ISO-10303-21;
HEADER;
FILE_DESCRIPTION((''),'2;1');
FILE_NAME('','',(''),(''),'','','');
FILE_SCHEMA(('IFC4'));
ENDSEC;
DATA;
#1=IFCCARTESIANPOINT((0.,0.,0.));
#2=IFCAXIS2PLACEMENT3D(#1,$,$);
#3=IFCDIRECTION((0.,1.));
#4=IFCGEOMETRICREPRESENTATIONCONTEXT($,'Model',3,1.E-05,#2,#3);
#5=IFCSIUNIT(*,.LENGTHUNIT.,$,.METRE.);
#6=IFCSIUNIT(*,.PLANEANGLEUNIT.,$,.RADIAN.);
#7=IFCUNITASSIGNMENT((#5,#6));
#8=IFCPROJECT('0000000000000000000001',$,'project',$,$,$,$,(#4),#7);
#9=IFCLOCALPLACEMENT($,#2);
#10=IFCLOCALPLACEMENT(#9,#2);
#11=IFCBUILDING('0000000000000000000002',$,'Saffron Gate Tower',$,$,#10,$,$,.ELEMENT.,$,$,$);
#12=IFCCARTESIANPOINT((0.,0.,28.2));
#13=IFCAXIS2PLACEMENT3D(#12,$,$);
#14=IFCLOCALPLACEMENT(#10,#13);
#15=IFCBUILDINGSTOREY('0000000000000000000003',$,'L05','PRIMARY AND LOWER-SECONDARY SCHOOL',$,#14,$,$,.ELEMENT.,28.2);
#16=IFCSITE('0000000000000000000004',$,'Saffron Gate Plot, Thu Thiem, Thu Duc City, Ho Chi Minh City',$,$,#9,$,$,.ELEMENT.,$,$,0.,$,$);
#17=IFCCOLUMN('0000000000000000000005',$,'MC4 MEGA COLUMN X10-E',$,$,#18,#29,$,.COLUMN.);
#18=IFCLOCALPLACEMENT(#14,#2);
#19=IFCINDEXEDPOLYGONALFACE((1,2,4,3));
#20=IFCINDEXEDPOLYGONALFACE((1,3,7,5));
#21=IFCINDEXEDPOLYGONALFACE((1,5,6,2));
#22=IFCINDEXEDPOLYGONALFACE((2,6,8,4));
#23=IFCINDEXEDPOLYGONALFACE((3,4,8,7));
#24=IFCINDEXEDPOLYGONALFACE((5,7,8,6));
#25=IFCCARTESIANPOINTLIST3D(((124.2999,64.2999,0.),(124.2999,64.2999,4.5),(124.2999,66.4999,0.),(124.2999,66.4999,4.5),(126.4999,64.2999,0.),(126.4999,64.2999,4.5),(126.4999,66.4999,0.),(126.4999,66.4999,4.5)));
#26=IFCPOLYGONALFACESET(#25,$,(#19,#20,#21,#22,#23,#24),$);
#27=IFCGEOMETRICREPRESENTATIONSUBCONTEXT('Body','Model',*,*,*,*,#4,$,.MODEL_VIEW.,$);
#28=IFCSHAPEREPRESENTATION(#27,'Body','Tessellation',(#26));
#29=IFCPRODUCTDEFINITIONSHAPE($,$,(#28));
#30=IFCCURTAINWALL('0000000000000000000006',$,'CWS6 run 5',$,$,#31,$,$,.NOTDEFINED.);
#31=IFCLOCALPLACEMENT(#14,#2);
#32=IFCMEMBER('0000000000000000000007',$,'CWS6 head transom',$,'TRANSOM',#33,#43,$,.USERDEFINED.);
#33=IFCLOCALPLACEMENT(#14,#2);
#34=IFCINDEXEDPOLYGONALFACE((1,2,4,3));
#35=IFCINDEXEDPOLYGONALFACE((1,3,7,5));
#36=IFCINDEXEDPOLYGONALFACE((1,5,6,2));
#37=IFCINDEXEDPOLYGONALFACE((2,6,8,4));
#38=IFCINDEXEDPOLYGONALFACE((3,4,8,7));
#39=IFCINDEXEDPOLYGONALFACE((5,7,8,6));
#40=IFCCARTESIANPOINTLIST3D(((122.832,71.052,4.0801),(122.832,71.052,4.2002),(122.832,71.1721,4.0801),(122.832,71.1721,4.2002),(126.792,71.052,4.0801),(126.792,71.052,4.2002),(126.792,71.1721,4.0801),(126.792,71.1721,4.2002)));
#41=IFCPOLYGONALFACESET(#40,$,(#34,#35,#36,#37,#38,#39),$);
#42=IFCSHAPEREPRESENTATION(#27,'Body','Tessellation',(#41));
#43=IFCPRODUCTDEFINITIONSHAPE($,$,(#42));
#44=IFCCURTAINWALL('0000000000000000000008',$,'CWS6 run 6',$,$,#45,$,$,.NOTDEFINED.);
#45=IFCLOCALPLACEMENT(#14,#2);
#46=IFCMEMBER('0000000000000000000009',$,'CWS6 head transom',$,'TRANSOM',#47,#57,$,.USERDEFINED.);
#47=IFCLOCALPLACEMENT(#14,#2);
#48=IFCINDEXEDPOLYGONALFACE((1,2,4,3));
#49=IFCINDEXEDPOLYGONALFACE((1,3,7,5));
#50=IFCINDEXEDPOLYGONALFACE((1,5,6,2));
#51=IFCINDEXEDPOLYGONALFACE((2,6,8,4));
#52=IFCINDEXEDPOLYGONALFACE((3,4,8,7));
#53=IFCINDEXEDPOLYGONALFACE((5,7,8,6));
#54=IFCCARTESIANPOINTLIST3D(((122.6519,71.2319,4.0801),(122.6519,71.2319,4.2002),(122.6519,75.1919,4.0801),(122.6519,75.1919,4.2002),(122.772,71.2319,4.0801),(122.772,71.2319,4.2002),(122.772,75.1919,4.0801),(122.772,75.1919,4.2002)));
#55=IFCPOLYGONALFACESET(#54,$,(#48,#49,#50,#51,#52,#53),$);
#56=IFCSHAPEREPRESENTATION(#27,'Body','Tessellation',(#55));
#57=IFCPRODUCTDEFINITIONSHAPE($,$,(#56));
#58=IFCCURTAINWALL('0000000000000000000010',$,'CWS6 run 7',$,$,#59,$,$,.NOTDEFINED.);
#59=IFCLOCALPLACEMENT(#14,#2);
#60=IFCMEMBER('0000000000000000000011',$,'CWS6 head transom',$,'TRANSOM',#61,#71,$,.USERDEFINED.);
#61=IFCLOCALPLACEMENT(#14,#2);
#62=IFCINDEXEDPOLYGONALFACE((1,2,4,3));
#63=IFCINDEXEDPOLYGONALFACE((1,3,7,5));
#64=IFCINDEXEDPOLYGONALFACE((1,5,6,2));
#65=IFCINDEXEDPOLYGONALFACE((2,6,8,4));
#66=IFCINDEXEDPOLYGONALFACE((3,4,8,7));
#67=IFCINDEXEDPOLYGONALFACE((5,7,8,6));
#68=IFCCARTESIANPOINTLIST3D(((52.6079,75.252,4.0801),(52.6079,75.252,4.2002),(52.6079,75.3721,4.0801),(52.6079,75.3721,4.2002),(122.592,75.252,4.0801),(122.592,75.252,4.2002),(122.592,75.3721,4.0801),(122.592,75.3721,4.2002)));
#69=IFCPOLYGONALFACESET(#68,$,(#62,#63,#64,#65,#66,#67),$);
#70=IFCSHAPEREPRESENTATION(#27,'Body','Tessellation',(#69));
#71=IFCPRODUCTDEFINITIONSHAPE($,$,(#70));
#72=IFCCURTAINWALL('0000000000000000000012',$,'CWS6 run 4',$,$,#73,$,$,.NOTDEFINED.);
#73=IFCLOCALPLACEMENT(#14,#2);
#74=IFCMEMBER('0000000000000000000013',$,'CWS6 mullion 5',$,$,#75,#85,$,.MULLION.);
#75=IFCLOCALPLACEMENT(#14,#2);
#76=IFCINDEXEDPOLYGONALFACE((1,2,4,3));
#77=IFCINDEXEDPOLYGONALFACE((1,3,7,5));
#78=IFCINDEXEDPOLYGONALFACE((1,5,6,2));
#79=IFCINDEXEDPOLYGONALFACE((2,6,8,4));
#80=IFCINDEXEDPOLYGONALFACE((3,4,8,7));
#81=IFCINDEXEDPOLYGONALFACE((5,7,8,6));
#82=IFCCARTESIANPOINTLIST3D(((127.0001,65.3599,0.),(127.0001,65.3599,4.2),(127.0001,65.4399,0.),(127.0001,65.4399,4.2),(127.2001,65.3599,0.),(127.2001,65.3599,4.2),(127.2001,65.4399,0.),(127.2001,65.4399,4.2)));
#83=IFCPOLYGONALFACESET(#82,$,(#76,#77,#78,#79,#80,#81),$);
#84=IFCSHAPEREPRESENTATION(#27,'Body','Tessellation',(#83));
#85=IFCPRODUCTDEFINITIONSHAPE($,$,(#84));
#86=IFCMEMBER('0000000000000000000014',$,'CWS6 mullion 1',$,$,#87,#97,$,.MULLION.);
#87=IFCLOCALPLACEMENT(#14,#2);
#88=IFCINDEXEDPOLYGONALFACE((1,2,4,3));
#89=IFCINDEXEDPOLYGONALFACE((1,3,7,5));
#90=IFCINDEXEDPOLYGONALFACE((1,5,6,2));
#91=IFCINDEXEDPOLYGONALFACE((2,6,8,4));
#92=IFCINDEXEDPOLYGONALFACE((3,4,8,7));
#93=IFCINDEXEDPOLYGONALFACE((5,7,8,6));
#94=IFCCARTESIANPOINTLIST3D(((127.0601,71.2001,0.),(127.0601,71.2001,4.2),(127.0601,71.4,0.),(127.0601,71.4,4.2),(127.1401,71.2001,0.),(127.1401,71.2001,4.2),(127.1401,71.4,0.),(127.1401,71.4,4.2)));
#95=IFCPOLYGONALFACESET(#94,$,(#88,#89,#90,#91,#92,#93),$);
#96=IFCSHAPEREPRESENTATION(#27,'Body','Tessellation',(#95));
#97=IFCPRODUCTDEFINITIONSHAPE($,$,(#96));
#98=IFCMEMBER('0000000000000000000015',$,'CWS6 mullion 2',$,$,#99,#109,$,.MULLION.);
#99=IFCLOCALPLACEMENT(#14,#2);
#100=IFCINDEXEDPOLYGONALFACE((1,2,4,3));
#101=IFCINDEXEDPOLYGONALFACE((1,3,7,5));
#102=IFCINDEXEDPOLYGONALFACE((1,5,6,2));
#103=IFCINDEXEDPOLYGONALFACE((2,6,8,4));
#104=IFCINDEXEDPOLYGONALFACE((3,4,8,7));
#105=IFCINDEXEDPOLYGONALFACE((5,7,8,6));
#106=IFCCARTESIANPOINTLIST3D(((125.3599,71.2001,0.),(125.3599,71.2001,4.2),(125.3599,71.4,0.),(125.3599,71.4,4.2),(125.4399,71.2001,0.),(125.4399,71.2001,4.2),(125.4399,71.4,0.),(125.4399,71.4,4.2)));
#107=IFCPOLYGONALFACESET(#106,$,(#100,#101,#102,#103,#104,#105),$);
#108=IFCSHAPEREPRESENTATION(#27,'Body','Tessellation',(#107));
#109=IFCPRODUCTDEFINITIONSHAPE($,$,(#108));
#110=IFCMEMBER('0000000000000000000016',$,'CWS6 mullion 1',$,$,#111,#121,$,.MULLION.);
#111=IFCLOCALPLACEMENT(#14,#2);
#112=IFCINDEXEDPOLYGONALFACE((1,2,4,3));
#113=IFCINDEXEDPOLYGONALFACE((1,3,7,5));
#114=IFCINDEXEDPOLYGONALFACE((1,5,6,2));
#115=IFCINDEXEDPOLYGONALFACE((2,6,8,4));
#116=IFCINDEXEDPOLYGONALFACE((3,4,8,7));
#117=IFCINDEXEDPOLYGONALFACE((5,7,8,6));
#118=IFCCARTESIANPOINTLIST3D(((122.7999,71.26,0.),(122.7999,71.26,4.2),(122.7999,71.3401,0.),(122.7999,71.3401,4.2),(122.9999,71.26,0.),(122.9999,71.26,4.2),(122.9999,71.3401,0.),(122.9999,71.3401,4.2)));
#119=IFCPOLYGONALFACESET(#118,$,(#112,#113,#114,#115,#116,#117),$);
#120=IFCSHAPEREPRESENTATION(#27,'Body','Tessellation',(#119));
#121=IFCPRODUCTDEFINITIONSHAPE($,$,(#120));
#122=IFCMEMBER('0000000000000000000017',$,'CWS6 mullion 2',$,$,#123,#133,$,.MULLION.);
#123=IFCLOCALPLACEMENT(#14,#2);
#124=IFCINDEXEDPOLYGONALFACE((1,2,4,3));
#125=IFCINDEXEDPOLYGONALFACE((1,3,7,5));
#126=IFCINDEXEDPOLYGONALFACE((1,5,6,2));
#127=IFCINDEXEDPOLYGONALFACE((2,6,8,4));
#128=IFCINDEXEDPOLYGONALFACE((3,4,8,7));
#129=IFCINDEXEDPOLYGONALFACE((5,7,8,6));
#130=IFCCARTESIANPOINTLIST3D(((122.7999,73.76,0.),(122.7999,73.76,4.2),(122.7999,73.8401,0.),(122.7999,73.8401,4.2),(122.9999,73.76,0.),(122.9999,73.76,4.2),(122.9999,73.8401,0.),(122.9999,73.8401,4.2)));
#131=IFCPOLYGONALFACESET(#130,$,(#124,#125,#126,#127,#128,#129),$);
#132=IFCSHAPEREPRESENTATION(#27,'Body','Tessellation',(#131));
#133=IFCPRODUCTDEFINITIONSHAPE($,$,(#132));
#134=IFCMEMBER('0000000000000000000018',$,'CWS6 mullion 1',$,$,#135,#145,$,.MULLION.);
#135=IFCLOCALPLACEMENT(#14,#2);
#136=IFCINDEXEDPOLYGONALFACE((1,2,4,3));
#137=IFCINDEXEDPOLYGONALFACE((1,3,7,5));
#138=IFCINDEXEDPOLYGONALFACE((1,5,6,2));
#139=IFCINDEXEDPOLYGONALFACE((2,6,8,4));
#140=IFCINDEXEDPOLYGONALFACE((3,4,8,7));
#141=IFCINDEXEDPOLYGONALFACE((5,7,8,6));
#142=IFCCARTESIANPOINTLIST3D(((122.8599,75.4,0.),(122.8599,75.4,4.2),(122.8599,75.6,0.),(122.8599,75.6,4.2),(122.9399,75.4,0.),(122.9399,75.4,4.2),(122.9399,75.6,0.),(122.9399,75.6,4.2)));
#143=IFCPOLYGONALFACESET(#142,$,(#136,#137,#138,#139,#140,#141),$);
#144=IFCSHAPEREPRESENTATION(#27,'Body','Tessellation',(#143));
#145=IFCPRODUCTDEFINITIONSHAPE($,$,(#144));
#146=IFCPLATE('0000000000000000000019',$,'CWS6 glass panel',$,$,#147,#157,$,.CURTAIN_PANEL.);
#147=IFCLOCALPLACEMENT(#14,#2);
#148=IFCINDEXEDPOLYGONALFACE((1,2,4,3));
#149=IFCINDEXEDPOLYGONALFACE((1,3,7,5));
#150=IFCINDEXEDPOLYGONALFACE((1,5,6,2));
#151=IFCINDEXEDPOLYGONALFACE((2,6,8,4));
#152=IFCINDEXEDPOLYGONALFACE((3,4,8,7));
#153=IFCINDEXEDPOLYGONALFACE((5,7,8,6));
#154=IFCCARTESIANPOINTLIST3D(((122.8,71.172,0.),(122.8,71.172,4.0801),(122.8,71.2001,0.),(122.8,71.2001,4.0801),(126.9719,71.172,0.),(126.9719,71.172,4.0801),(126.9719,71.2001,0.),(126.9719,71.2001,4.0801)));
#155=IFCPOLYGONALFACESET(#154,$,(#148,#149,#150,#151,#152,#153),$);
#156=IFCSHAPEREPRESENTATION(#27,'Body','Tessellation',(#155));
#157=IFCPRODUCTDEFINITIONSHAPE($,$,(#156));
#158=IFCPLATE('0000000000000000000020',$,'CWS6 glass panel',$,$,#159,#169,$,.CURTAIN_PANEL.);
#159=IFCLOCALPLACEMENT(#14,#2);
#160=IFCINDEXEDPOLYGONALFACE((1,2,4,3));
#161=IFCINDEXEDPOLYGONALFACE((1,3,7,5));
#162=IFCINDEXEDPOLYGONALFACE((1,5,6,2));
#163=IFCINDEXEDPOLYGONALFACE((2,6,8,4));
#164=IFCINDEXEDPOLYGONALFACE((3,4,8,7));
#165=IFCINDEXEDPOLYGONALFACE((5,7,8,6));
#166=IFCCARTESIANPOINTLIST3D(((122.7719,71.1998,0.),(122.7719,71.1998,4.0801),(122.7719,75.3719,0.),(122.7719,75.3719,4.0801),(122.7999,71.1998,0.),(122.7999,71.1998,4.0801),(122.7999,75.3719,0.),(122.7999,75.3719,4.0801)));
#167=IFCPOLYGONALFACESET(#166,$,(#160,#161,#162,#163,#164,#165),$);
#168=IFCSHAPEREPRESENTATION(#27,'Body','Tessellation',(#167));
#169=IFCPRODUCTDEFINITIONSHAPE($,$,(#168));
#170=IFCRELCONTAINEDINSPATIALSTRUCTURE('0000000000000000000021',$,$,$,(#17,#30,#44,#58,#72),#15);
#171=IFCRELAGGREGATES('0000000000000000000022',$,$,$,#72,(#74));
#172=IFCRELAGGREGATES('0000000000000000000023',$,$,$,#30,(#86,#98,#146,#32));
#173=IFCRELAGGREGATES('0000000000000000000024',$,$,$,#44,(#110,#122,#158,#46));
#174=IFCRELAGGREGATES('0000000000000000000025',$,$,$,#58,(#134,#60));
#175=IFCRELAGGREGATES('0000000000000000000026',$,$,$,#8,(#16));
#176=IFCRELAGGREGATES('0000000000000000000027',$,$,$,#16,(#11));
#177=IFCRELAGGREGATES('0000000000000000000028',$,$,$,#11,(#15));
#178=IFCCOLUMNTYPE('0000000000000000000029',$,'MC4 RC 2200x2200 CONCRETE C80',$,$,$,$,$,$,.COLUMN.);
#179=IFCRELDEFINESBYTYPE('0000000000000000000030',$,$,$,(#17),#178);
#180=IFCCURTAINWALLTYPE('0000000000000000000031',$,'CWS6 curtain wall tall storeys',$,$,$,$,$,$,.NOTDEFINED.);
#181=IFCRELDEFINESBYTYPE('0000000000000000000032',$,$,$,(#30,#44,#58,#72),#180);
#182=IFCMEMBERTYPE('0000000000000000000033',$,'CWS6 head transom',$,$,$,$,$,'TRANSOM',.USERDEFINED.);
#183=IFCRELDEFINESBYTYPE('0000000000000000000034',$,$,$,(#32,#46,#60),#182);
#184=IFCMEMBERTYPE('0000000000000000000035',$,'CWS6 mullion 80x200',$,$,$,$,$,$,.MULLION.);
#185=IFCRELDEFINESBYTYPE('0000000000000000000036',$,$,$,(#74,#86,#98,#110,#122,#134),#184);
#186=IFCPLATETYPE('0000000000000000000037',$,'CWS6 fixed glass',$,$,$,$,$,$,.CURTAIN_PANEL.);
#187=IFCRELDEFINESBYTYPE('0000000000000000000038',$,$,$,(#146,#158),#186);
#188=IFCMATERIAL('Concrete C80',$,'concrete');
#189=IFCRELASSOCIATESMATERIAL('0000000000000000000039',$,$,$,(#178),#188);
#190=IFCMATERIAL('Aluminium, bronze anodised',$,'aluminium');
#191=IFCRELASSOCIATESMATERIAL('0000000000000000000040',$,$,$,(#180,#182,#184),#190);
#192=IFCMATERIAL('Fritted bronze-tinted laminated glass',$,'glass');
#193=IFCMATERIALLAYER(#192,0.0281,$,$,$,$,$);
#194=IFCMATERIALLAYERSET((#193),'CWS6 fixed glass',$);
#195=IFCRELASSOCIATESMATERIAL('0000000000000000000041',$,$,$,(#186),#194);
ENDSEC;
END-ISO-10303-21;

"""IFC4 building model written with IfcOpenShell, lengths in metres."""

from ifc_helpers import new_model, si_unit, direction, frame, frame_2d, origin, origin_2d, place, context, subcontext, project, spatial, rectangle, extrude, material, layer, layer_set, material_profile, profile_set, type_object, element, aggregate, save


model = new_model("IFC4")

# Units and contexts
model_context = context("Model", 3, precision=1e-05, world=origin(), true_north=direction((0.0, 1.0)))
body_context = subcontext(model_context, "Body", "Model", "MODEL_VIEW")
ifc_project = project(units=[si_unit("LENGTHUNIT", "METRE"), si_unit("PLANEANGLEUNIT", "RADIAN")], contexts=[model_context])

# Site, building, storey
site_placement = place(None, origin())
site = spatial("IfcSite", under=ifc_project, at=site_placement, Name="Saffron Gate Plot, Thu Thiem, Thu Duc City, Ho Chi Minh City", CompositionType="ELEMENT", RefElevation=0.0)
building_placement = place(site_placement, origin())
building = spatial("IfcBuilding", under=site, at=building_placement, Name="Saffron Gate Tower", CompositionType="ELEMENT")
storey_placement = place(building_placement, frame((0.0, 0.0, 28.2)))
storey = spatial("IfcBuildingStorey", under=building, at=storey_placement, Name="L05", Description="PRIMARY AND LOWER-SECONDARY SCHOOL", CompositionType="ELEMENT", Elevation=28.2)

# Column
ifc_material_1 = material(Name="Concrete C80", Category="concrete")
ifc_material_profile_1 = material_profile(ifc_material_1, rectangle(XDim=2.2, YDim=2.2, at=origin_2d()))
ifc_profile_set_1 = profile_set([ifc_material_profile_1], Name="Concrete C80")
column_type = type_object("IfcColumnType", Name="MC4 RC 2200x2200 CONCRETE C80", PredefinedType="COLUMN", material=ifc_profile_set_1)
column_placement = place(storey_placement, frame((125.3999, 65.3999, 0.0), z_axis=(0.0, 0.0, 1.0), x_axis=(1.0, 0.0, 0.0)))
element("IfcColumn", 1, at=column_placement, inside=storey, type_object=column_type, Name="MC4 MEGA COLUMN X10-E", PredefinedType="COLUMN", context=body_context, shape_type="SweptSolid", body=[
    extrude(rectangle(XDim=2.2, YDim=2.2, at=origin_2d()), origin(), (0.0, 0.0, 1.0), 4.5),
])

# Curtain walls, members
ifc_material_2 = material(Name="Aluminium, bronze anodised", Category="aluminium")
curtain_wall_type = type_object("IfcCurtainWallType", Name="CWS6 curtain wall tall storeys", PredefinedType="NOTDEFINED", material=ifc_material_2)
curtain_wall_1_placement = place(storey_placement, origin())
curtain_wall_1 = element("IfcCurtainWall", 2, at=curtain_wall_1_placement, inside=storey, type_object=curtain_wall_type, Name="CWS6 run 5", PredefinedType="NOTDEFINED")
ifc_material_profile_2 = material_profile(ifc_material_2, rectangle(XDim=0.1201, YDim=0.1201, at=origin_2d()))
ifc_profile_set_2 = profile_set([ifc_material_profile_2], Name="Aluminium, bronze anodised")
member_type_1 = type_object("IfcMemberType", Name="CWS6 head transom", ElementType="TRANSOM", PredefinedType="USERDEFINED", material=ifc_profile_set_2)
member_1_placement = place(storey_placement, frame((126.792, 71.1121, 4.1401), z_axis=(-1.0, 0.0, 0.0), x_axis=(0.0, -1.0, 0.0)))
member_1 = element("IfcMember", 3, at=member_1_placement, type_object=member_type_1, Name="CWS6 head transom", ObjectType="TRANSOM", PredefinedType="USERDEFINED", context=body_context, shape_type="SweptSolid", body=[
    extrude(rectangle(XDim=0.1201, YDim=0.1201, at=origin_2d()), origin(), (0.0, 0.0, 1.0), 3.96),
])
curtain_wall_2_placement = place(storey_placement, origin())
curtain_wall_2 = element("IfcCurtainWall", 4, at=curtain_wall_2_placement, inside=storey, type_object=curtain_wall_type, Name="CWS6 run 6", PredefinedType="NOTDEFINED")
member_2_placement = place(storey_placement, frame((122.7119, 71.2319, 4.1401), z_axis=(0.0, 1.0, 0.0), x_axis=(-1.0, 0.0, 0.0)))
member_2 = element("IfcMember", 5, at=member_2_placement, type_object=member_type_1, Name="CWS6 head transom", ObjectType="TRANSOM", PredefinedType="USERDEFINED", context=body_context, shape_type="SweptSolid", body=[
    extrude(rectangle(XDim=0.1201, YDim=0.1201, at=origin_2d()), origin(), (0.0, 0.0, 1.0), 3.96),
])
curtain_wall_3_placement = place(storey_placement, origin())
curtain_wall_3 = element("IfcCurtainWall", 6, at=curtain_wall_3_placement, inside=storey, type_object=curtain_wall_type, Name="CWS6 run 7", PredefinedType="NOTDEFINED")
member_3_placement = place(storey_placement, frame((122.592, 75.312, 4.1401), z_axis=(-1.0, 0.0, 0.0), x_axis=(0.0, -1.0, 0.0)))
member_3 = element("IfcMember", 7, at=member_3_placement, type_object=member_type_1, Name="CWS6 head transom", ObjectType="TRANSOM", PredefinedType="USERDEFINED", context=body_context, shape_type="SweptSolid", body=[
    extrude(rectangle(XDim=0.1201, YDim=0.1201, at=origin_2d()), origin(), (0.0, 0.0, 1.0), 69.9841),
])
curtain_wall_4_placement = place(storey_placement, origin())
curtain_wall_4 = element("IfcCurtainWall", 8, at=curtain_wall_4_placement, inside=storey, type_object=curtain_wall_type, Name="CWS6 run 4", PredefinedType="NOTDEFINED")
ifc_material_profile_3 = material_profile(ifc_material_2, rectangle(XDim=0.2, YDim=0.0801, at=origin_2d()))
ifc_profile_set_3 = profile_set([ifc_material_profile_3], Name="Aluminium, bronze anodised")
member_type_2 = type_object("IfcMemberType", Name="CWS6 mullion 80x200", PredefinedType="MULLION", material=ifc_profile_set_3)
member_4_placement = place(storey_placement, frame((127.1001, 65.3999, 0.0), z_axis=(0.0, 0.0, 1.0), x_axis=(-1.0, 0.0, 0.0)))
member_4 = element("IfcMember", 9, at=member_4_placement, type_object=member_type_2, Name="CWS6 mullion 5", PredefinedType="MULLION", context=body_context, shape_type="SweptSolid", body=[
    extrude(rectangle(XDim=0.2, YDim=0.0801, at=origin_2d()), origin(), (0.0, 0.0, 1.0), 4.2),
])
aggregate(curtain_wall_4, [member_4])

# Members
member_5_placement = place(storey_placement, frame((127.1001, 71.3, 0.0), z_axis=(0.0, 0.0, 1.0), x_axis=(0.0, -1.0, 0.0)))
member_5 = element("IfcMember", 10, at=member_5_placement, type_object=member_type_2, Name="CWS6 mullion 1", PredefinedType="MULLION", context=body_context, shape_type="SweptSolid", body=[
    extrude(rectangle(XDim=0.2, YDim=0.0801, at=origin_2d()), origin(), (0.0, 0.0, 1.0), 4.2),
])
member_6_placement = place(storey_placement, frame((125.3999, 71.3, 0.0), z_axis=(0.0, 0.0, 1.0), x_axis=(0.0, -1.0, 0.0)))
member_6 = element("IfcMember", 11, at=member_6_placement, type_object=member_type_2, Name="CWS6 mullion 2", PredefinedType="MULLION", context=body_context, shape_type="SweptSolid", body=[
    extrude(rectangle(XDim=0.2, YDim=0.0801, at=origin_2d()), origin(), (0.0, 0.0, 1.0), 4.2),
])
member_7_placement = place(storey_placement, frame((122.8999, 71.3, 0.0), z_axis=(0.0, 0.0, 1.0), x_axis=(-1.0, 0.0, 0.0)))
member_7 = element("IfcMember", 12, at=member_7_placement, type_object=member_type_2, Name="CWS6 mullion 1", PredefinedType="MULLION", context=body_context, shape_type="SweptSolid", body=[
    extrude(rectangle(XDim=0.2, YDim=0.0801, at=origin_2d()), origin(), (0.0, 0.0, 1.0), 4.2),
])
member_8_placement = place(storey_placement, frame((122.8999, 73.8, 0.0), z_axis=(0.0, 0.0, 1.0), x_axis=(-1.0, 0.0, 0.0)))
member_8 = element("IfcMember", 13, at=member_8_placement, type_object=member_type_2, Name="CWS6 mullion 2", PredefinedType="MULLION", context=body_context, shape_type="SweptSolid", body=[
    extrude(rectangle(XDim=0.2, YDim=0.0801, at=origin_2d()), origin(), (0.0, 0.0, 1.0), 4.2),
])
member_9_placement = place(storey_placement, frame((122.8999, 75.5, 0.0), z_axis=(0.0, 0.0, 1.0), x_axis=(0.0, -1.0, 0.0)))
member_9 = element("IfcMember", 14, at=member_9_placement, type_object=member_type_2, Name="CWS6 mullion 1", PredefinedType="MULLION", context=body_context, shape_type="SweptSolid", body=[
    extrude(rectangle(XDim=0.2, YDim=0.0801, at=origin_2d()), origin(), (0.0, 0.0, 1.0), 4.2),
])

# Plates
ifc_material_3 = material(Name="Fritted bronze-tinted laminated glass", Category="glass")
ifc_layer_1 = layer(ifc_material_3, 0.0281)
ifc_layer_set_1 = layer_set([ifc_layer_1], Name="CWS6 fixed glass")
plate_type = type_object("IfcPlateType", Name="CWS6 fixed glass", PredefinedType="CURTAIN_PANEL", material=ifc_layer_set_1)
plate_1_placement = place(storey_placement, frame((126.9719, 71.186, 0.0), z_axis=(0.0, 0.0, 1.0), x_axis=(-1.0, 0.0, 0.0)))
plate_1 = element("IfcPlate", 15, at=plate_1_placement, type_object=plate_type, Name="CWS6 glass panel", PredefinedType="CURTAIN_PANEL", context=body_context, shape_type="SweptSolid", body=[
    extrude(rectangle(XDim=4.1719, YDim=0.0281, at=frame_2d((2.0859, 0.0))), origin(), (0.0, 0.0, 1.0), 4.0801),
])
aggregate(curtain_wall_1, [member_5, member_6, plate_1, member_1])
plate_2_placement = place(storey_placement, frame((122.7859, 71.2, 0.0), z_axis=(0.0, 0.0, 1.0), x_axis=(0.0, 1.0, 0.0)))
plate_2 = element("IfcPlate", 16, at=plate_2_placement, type_object=plate_type, Name="CWS6 glass panel", PredefinedType="CURTAIN_PANEL", context=body_context, shape_type="SweptSolid", body=[
    extrude(rectangle(XDim=4.1721, YDim=0.0281, at=frame_2d((2.0859, 0.0))), origin(), (0.0, 0.0, 1.0), 4.0801),
])
aggregate(curtain_wall_2, [member_7, member_8, plate_2, member_2])

aggregate(curtain_wall_3, [member_9, member_3])

save(model, "model.ifc")
